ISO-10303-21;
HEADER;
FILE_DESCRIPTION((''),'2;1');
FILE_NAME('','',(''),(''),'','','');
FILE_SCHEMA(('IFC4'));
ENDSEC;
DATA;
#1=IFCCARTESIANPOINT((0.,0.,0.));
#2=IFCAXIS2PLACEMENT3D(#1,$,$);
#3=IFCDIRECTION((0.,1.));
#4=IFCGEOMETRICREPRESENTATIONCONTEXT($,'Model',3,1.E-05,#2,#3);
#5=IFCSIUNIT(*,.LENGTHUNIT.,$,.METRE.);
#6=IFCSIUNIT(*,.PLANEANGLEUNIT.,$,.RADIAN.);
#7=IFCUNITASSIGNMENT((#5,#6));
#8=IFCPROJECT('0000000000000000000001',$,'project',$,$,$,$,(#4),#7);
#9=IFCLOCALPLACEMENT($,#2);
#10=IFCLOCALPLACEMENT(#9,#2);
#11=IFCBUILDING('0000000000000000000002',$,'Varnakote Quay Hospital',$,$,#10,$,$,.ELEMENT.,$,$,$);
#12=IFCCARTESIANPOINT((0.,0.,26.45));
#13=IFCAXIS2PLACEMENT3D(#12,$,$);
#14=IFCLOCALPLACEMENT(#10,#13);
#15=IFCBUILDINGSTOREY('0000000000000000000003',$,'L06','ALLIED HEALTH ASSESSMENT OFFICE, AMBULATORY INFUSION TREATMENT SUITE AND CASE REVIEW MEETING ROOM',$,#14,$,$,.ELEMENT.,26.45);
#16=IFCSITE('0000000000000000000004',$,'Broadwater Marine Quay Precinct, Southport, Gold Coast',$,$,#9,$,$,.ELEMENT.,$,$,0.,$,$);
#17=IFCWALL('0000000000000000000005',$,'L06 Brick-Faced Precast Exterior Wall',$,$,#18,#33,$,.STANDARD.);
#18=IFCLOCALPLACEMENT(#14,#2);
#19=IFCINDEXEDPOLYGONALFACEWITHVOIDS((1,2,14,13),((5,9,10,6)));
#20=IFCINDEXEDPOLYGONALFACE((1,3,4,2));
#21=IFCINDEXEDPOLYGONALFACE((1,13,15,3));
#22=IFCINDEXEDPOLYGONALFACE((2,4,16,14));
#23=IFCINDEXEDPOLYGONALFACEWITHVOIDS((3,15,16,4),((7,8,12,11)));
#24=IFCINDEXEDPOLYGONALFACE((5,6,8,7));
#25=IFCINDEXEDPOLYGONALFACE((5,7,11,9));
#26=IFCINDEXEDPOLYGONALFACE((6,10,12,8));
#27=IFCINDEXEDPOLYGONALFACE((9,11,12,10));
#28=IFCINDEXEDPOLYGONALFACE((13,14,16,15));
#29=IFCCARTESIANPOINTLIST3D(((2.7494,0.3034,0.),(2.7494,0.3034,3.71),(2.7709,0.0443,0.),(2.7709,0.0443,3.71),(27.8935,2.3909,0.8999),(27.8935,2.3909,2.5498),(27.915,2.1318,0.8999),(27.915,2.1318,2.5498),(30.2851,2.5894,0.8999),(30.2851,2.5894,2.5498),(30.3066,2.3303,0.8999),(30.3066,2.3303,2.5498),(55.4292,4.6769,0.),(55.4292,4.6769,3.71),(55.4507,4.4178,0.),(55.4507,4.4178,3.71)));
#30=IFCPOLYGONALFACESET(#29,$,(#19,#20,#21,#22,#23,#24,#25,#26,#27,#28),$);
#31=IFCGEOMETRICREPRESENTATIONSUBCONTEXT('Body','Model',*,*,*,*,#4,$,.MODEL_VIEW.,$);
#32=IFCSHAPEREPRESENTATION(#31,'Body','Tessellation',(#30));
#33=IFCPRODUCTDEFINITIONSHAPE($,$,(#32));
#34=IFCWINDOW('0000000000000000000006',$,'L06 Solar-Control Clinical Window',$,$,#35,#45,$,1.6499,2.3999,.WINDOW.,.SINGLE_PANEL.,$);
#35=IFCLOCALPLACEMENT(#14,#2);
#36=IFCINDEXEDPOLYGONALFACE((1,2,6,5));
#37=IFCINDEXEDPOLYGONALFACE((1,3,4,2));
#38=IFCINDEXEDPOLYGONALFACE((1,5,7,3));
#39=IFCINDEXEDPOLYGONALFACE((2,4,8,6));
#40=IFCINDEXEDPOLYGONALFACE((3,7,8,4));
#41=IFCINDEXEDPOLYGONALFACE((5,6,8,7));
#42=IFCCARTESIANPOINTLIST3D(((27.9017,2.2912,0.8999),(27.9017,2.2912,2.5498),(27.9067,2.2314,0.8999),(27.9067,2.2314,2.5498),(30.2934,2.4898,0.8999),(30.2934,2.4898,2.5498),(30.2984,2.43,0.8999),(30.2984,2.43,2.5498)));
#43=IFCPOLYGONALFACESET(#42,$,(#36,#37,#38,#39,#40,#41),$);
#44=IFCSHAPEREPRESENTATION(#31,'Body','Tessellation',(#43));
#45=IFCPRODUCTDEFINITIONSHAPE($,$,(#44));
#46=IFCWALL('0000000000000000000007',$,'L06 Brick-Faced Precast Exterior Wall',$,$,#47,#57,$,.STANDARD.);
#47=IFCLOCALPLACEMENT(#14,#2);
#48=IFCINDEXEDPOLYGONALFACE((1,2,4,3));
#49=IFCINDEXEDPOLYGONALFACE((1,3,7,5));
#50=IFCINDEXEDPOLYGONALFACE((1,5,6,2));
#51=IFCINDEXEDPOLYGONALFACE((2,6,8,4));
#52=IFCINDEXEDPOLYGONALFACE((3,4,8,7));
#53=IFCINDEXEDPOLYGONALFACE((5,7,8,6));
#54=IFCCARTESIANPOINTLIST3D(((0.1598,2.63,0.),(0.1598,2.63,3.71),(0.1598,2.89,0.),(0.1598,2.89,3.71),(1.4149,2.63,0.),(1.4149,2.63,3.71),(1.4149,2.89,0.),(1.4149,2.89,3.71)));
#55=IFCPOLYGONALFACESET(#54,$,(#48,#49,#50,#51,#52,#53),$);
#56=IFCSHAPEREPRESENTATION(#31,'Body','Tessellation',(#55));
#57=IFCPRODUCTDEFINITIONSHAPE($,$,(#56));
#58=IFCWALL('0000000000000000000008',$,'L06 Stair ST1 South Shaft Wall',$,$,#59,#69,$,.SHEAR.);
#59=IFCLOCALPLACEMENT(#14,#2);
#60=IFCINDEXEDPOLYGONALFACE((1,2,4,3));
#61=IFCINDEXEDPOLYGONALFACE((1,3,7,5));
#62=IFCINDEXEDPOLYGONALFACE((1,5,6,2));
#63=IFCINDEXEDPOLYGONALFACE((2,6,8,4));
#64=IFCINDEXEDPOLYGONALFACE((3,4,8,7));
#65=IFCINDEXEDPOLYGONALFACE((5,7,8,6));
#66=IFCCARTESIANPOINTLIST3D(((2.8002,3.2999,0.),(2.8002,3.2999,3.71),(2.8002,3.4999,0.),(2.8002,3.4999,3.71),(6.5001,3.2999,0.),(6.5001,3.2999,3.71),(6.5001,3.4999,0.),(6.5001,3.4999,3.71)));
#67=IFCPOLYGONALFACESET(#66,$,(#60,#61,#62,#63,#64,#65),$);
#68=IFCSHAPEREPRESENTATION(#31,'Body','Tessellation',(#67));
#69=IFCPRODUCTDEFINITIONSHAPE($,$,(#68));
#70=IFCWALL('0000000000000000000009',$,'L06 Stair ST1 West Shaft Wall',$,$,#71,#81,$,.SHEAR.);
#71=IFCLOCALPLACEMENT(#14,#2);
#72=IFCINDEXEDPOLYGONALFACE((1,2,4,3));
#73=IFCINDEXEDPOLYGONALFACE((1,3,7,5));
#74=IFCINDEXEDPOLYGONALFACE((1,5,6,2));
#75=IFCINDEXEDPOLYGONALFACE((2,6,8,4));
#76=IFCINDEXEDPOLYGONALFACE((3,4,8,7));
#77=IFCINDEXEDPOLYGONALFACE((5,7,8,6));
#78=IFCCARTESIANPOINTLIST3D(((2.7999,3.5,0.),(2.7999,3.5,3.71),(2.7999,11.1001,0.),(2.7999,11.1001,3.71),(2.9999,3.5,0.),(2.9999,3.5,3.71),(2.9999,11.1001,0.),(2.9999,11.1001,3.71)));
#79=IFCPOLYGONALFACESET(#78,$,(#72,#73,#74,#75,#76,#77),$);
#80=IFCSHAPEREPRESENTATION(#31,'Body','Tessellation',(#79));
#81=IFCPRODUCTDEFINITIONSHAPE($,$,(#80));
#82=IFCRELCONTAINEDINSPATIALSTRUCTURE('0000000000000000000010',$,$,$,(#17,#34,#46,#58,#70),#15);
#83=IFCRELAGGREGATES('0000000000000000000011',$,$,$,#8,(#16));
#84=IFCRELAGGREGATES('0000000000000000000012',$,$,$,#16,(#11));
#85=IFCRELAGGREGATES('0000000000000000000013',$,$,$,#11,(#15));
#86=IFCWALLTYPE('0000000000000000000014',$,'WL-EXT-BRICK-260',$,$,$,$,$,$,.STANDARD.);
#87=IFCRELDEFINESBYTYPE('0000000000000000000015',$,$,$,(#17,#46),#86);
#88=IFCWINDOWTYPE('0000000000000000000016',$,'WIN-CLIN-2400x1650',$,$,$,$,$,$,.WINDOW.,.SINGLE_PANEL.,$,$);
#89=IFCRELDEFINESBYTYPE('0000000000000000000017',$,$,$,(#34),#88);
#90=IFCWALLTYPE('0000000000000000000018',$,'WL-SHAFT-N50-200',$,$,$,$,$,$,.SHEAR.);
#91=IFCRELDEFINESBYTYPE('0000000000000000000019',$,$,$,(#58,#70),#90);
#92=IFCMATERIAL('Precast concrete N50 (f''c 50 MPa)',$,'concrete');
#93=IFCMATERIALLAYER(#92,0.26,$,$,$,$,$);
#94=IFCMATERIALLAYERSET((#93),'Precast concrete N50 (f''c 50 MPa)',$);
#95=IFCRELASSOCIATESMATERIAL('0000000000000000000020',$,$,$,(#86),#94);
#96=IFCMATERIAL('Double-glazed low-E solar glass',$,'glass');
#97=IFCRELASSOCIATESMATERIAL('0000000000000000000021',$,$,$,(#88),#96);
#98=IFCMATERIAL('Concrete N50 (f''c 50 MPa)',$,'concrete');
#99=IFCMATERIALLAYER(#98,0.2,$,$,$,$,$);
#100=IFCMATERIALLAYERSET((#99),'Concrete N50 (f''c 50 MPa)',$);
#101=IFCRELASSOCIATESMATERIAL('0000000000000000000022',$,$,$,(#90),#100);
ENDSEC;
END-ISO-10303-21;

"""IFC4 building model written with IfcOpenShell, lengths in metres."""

from ifc_helpers import new_model, si_unit, direction, frame, frame_2d, origin, place, context, subcontext, project, spatial, rectangle, extrude, material, layer, layer_set, type_object, element, fill, save


model = new_model("IFC4")

# Units and contexts
model_context = context("Model", 3, precision=1e-05, world=origin(), true_north=direction((0.0, 1.0)))
body_context = subcontext(model_context, "Body", "Model", "MODEL_VIEW")
ifc_project = project(units=[si_unit("LENGTHUNIT", "METRE"), si_unit("PLANEANGLEUNIT", "RADIAN")], contexts=[model_context])

# Site, building, storey
site_placement = place(None, origin())
site = spatial("IfcSite", under=ifc_project, at=site_placement, Name="Broadwater Marine Quay Precinct, Southport, Gold Coast", CompositionType="ELEMENT", RefElevation=0.0)
building_placement = place(site_placement, origin())
building = spatial("IfcBuilding", under=site, at=building_placement, Name="Varnakote Quay Hospital", CompositionType="ELEMENT")
storey_placement = place(building_placement, frame((0.0, 0.0, 26.45)))
storey = spatial("IfcBuildingStorey", under=building, at=storey_placement, Name="L06", Description="ALLIED HEALTH ASSESSMENT OFFICE, AMBULATORY INFUSION TREATMENT SUITE AND CASE REVIEW MEETING ROOM", CompositionType="ELEMENT", Elevation=26.45)

# Shared definitions
ifc_material_1 = material(Name="Precast concrete N50 (f'c 50 MPa)", Category="concrete")
ifc_layer_1 = layer(ifc_material_1, 0.26)
ifc_layer_set_1 = layer_set([ifc_layer_1], Name="Precast concrete N50 (f'c 50 MPa)")
wall_type_1 = type_object("IfcWallType", Name="WL-EXT-BRICK-260", PredefinedType="STANDARD", material=ifc_layer_set_1)

# Wall, opening, window
wall_1_placement = place(storey_placement, frame((2.76, 0.1738, 0.0), z_axis=(0.0, 0.0, 1.0), x_axis=(0.996571, 0.082736, 0.0)))
wall_1 = element("IfcWall", 1, at=wall_1_placement, inside=storey, type_object=wall_type_1, Name="L06 Brick-Faced Precast Exterior Wall", PredefinedType="STANDARD", context=body_context, shape_type="SweptSolid", body=[
    extrude(rectangle(XDim=52.8611, YDim=0.26, at=frame_2d((26.4307, 0.0))), origin(), (0.0, 0.0, 1.0), 3.71),
])
opening_1_placement = place(wall_1_placement, frame((25.2307, 0.0, 0.8999)))
opening_1 = element("IfcOpeningElement", 2, at=opening_1_placement, cuts=wall_1, PredefinedType="OPENING", context=body_context, shape_type="SweptSolid", body=[
    extrude(rectangle(XDim=2.3999, YDim=1.6499, at=frame_2d((1.2, 0.825))), frame((0.0, 0.1399, 0.0), z_axis=(0.0, -1.0, 0.0), x_axis=(1.0, 0.0, 0.0)), (0.0, 0.0, 1.0), 0.28),
])
ifc_material_2 = material(Name="Double-glazed low-E solar glass", Category="glass")
window_type = type_object("IfcWindowType", Name="WIN-CLIN-2400x1650", PartitioningType="SINGLE_PANEL", PredefinedType="WINDOW", material=ifc_material_2)
window_placement = place(opening_1_placement, origin())
window = element("IfcWindow", 3, at=window_placement, inside=storey, type_object=window_type, Name="L06 Solar-Control Clinical Window", OverallHeight=1.6499, OverallWidth=2.3999, PartitioningType="SINGLE_PANEL", PredefinedType="WINDOW", context=body_context, shape_type="SweptSolid", body=[
    extrude(rectangle(XDim=2.3999, YDim=1.6499, at=frame_2d((1.2, 0.825))), frame((0.0, 0.03, 0.0), z_axis=(0.0, -1.0, 0.0), x_axis=(1.0, 0.0, 0.0)), (0.0, 0.0, 1.0), 0.0601),
])
fill(opening_1, window)

# Walls
wall_2_placement = place(storey_placement, frame((0.1599, 2.76, 0.0), z_axis=(0.0, 0.0, 1.0), x_axis=(1.0, 0.0, 0.0)))
element("IfcWall", 4, at=wall_2_placement, inside=storey, type_object=wall_type_1, Name="L06 Brick-Faced Precast Exterior Wall", PredefinedType="STANDARD", context=body_context, shape_type="SweptSolid", body=[
    extrude(rectangle(XDim=1.2551, YDim=0.26, at=frame_2d((0.6274, 0.0))), origin(), (0.0, 0.0, 1.0), 3.71),
])
ifc_material_3 = material(Name="Concrete N50 (f'c 50 MPa)", Category="concrete")
ifc_layer_2 = layer(ifc_material_3, 0.2)
ifc_layer_set_2 = layer_set([ifc_layer_2], Name="Concrete N50 (f'c 50 MPa)")
wall_type_2 = type_object("IfcWallType", Name="WL-SHAFT-N50-200", PredefinedType="SHEAR", material=ifc_layer_set_2)
wall_3_placement = place(storey_placement, frame((2.8, 3.3999, 0.0), z_axis=(0.0, 0.0, 1.0), x_axis=(1.0, 0.0, 0.0)))
element("IfcWall", 5, at=wall_3_placement, inside=storey, type_object=wall_type_2, Name="L06 Stair ST1 South Shaft Wall", PredefinedType="SHEAR", context=body_context, shape_type="SweptSolid", body=[
    extrude(rectangle(XDim=3.7, YDim=0.2, at=frame_2d((1.8501, 0.0))), origin(), (0.0, 0.0, 1.0), 3.71),
])
wall_4_placement = place(storey_placement, frame((2.8999, 3.5, 0.0), z_axis=(0.0, 0.0, 1.0), x_axis=(0.0, 1.0, 0.0)))
element("IfcWall", 6, at=wall_4_placement, inside=storey, type_object=wall_type_2, Name="L06 Stair ST1 West Shaft Wall", PredefinedType="SHEAR", context=body_context, shape_type="SweptSolid", body=[
    extrude(rectangle(XDim=7.6001, YDim=0.2, at=frame_2d((3.8, 0.0))), origin(), (0.0, 0.0, 1.0), 3.71),
])

save(model, "model.ifc")
